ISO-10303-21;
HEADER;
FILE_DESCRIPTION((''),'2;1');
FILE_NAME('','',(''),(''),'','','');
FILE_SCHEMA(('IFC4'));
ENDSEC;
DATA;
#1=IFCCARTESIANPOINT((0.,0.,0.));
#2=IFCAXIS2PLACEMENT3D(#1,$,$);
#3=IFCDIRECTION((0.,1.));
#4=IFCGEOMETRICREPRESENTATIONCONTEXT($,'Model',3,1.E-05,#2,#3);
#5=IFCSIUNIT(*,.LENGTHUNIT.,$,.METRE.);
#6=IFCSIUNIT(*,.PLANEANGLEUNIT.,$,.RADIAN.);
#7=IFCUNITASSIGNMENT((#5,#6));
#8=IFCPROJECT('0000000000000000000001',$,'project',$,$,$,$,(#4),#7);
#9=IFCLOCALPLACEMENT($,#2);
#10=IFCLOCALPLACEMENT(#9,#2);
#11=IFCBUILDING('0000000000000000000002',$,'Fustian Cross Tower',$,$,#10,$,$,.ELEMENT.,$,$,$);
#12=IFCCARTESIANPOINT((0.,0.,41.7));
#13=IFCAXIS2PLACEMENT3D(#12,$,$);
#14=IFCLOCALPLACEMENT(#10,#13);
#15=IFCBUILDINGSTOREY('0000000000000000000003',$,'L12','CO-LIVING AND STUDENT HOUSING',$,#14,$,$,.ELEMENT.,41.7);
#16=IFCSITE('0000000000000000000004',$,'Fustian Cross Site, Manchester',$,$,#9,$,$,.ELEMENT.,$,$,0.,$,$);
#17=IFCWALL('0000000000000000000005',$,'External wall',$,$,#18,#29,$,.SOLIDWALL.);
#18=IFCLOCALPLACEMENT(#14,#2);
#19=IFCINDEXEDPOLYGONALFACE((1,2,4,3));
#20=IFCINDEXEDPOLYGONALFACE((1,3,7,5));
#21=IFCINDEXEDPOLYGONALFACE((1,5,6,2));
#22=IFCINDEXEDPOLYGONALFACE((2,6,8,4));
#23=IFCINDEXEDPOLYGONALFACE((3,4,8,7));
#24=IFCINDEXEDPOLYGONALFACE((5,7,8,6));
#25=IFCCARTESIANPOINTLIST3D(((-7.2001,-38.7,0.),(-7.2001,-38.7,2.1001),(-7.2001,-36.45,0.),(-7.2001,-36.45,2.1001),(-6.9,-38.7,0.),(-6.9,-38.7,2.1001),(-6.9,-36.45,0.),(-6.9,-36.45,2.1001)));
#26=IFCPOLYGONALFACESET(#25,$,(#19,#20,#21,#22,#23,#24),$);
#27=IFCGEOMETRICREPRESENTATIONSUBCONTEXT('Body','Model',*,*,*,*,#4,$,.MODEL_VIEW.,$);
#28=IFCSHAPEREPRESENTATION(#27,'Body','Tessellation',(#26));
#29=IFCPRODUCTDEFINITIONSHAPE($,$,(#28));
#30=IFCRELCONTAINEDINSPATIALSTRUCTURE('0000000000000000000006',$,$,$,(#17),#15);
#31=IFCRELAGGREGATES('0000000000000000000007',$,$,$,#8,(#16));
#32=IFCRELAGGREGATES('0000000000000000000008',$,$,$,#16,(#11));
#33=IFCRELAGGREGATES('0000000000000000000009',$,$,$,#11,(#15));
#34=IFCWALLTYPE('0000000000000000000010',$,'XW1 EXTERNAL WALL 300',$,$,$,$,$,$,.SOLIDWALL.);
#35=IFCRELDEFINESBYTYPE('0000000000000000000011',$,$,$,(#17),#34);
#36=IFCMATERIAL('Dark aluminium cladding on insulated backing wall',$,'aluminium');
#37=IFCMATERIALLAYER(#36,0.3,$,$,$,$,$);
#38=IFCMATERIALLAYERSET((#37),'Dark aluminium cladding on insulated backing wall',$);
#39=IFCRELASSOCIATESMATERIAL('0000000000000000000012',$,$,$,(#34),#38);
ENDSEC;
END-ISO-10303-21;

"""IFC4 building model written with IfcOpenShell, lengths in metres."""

from ifc_helpers import new_model, si_unit, direction, frame, frame_2d, origin, place, context, subcontext, project, spatial, rectangle, extrude, material, layer, layer_set, type_object, element, save


model = new_model("IFC4")

# Units and contexts
model_context = context("Model", 3, precision=1e-05, world=origin(), true_north=direction((0.0, 1.0)))
body_context = subcontext(model_context, "Body", "Model", "MODEL_VIEW")
ifc_project = project(units=[si_unit("LENGTHUNIT", "METRE"), si_unit("PLANEANGLEUNIT", "RADIAN")], contexts=[model_context])

# Site, building, storey
site_placement = place(None, origin())
site = spatial("IfcSite", under=ifc_project, at=site_placement, Name="Fustian Cross Site, Manchester", CompositionType="ELEMENT", RefElevation=0.0)
building_placement = place(site_placement, origin())
building = spatial("IfcBuilding", under=site, at=building_placement, Name="Fustian Cross Tower", CompositionType="ELEMENT")
storey_placement = place(building_placement, frame((0.0, 0.0, 41.7)))
storey = spatial("IfcBuildingStorey", under=building, at=storey_placement, Name="L12", Description="CO-LIVING AND STUDENT HOUSING", CompositionType="ELEMENT", Elevation=41.7)

# Wall
ifc_material_1 = material(Name="Dark aluminium cladding on insulated backing wall", Category="aluminium")
ifc_layer_1 = layer(ifc_material_1, 0.3)
ifc_layer_set_1 = layer_set([ifc_layer_1], Name="Dark aluminium cladding on insulated backing wall")
wall_type_1 = type_object("IfcWallType", Name="XW1 EXTERNAL WALL 300", PredefinedType="SOLIDWALL", material=ifc_layer_set_1)
wall_1_placement = place(storey_placement, frame((-7.05, -36.45, 0.0), z_axis=(0.0, 0.0, 1.0), x_axis=(0.0, -1.0, 0.0)))
element("IfcWall", 1, at=wall_1_placement, inside=storey, type_object=wall_type_1, Name="External wall", PredefinedType="SOLIDWALL", context=body_context, shape_type="SweptSolid", body=[
    extrude(rectangle(XDim=2.25, YDim=0.3, at=frame_2d((1.125, 0.0))), origin(), (0.0, 0.0, 1.0), 2.1001),
])

save(model, "model.ifc")
